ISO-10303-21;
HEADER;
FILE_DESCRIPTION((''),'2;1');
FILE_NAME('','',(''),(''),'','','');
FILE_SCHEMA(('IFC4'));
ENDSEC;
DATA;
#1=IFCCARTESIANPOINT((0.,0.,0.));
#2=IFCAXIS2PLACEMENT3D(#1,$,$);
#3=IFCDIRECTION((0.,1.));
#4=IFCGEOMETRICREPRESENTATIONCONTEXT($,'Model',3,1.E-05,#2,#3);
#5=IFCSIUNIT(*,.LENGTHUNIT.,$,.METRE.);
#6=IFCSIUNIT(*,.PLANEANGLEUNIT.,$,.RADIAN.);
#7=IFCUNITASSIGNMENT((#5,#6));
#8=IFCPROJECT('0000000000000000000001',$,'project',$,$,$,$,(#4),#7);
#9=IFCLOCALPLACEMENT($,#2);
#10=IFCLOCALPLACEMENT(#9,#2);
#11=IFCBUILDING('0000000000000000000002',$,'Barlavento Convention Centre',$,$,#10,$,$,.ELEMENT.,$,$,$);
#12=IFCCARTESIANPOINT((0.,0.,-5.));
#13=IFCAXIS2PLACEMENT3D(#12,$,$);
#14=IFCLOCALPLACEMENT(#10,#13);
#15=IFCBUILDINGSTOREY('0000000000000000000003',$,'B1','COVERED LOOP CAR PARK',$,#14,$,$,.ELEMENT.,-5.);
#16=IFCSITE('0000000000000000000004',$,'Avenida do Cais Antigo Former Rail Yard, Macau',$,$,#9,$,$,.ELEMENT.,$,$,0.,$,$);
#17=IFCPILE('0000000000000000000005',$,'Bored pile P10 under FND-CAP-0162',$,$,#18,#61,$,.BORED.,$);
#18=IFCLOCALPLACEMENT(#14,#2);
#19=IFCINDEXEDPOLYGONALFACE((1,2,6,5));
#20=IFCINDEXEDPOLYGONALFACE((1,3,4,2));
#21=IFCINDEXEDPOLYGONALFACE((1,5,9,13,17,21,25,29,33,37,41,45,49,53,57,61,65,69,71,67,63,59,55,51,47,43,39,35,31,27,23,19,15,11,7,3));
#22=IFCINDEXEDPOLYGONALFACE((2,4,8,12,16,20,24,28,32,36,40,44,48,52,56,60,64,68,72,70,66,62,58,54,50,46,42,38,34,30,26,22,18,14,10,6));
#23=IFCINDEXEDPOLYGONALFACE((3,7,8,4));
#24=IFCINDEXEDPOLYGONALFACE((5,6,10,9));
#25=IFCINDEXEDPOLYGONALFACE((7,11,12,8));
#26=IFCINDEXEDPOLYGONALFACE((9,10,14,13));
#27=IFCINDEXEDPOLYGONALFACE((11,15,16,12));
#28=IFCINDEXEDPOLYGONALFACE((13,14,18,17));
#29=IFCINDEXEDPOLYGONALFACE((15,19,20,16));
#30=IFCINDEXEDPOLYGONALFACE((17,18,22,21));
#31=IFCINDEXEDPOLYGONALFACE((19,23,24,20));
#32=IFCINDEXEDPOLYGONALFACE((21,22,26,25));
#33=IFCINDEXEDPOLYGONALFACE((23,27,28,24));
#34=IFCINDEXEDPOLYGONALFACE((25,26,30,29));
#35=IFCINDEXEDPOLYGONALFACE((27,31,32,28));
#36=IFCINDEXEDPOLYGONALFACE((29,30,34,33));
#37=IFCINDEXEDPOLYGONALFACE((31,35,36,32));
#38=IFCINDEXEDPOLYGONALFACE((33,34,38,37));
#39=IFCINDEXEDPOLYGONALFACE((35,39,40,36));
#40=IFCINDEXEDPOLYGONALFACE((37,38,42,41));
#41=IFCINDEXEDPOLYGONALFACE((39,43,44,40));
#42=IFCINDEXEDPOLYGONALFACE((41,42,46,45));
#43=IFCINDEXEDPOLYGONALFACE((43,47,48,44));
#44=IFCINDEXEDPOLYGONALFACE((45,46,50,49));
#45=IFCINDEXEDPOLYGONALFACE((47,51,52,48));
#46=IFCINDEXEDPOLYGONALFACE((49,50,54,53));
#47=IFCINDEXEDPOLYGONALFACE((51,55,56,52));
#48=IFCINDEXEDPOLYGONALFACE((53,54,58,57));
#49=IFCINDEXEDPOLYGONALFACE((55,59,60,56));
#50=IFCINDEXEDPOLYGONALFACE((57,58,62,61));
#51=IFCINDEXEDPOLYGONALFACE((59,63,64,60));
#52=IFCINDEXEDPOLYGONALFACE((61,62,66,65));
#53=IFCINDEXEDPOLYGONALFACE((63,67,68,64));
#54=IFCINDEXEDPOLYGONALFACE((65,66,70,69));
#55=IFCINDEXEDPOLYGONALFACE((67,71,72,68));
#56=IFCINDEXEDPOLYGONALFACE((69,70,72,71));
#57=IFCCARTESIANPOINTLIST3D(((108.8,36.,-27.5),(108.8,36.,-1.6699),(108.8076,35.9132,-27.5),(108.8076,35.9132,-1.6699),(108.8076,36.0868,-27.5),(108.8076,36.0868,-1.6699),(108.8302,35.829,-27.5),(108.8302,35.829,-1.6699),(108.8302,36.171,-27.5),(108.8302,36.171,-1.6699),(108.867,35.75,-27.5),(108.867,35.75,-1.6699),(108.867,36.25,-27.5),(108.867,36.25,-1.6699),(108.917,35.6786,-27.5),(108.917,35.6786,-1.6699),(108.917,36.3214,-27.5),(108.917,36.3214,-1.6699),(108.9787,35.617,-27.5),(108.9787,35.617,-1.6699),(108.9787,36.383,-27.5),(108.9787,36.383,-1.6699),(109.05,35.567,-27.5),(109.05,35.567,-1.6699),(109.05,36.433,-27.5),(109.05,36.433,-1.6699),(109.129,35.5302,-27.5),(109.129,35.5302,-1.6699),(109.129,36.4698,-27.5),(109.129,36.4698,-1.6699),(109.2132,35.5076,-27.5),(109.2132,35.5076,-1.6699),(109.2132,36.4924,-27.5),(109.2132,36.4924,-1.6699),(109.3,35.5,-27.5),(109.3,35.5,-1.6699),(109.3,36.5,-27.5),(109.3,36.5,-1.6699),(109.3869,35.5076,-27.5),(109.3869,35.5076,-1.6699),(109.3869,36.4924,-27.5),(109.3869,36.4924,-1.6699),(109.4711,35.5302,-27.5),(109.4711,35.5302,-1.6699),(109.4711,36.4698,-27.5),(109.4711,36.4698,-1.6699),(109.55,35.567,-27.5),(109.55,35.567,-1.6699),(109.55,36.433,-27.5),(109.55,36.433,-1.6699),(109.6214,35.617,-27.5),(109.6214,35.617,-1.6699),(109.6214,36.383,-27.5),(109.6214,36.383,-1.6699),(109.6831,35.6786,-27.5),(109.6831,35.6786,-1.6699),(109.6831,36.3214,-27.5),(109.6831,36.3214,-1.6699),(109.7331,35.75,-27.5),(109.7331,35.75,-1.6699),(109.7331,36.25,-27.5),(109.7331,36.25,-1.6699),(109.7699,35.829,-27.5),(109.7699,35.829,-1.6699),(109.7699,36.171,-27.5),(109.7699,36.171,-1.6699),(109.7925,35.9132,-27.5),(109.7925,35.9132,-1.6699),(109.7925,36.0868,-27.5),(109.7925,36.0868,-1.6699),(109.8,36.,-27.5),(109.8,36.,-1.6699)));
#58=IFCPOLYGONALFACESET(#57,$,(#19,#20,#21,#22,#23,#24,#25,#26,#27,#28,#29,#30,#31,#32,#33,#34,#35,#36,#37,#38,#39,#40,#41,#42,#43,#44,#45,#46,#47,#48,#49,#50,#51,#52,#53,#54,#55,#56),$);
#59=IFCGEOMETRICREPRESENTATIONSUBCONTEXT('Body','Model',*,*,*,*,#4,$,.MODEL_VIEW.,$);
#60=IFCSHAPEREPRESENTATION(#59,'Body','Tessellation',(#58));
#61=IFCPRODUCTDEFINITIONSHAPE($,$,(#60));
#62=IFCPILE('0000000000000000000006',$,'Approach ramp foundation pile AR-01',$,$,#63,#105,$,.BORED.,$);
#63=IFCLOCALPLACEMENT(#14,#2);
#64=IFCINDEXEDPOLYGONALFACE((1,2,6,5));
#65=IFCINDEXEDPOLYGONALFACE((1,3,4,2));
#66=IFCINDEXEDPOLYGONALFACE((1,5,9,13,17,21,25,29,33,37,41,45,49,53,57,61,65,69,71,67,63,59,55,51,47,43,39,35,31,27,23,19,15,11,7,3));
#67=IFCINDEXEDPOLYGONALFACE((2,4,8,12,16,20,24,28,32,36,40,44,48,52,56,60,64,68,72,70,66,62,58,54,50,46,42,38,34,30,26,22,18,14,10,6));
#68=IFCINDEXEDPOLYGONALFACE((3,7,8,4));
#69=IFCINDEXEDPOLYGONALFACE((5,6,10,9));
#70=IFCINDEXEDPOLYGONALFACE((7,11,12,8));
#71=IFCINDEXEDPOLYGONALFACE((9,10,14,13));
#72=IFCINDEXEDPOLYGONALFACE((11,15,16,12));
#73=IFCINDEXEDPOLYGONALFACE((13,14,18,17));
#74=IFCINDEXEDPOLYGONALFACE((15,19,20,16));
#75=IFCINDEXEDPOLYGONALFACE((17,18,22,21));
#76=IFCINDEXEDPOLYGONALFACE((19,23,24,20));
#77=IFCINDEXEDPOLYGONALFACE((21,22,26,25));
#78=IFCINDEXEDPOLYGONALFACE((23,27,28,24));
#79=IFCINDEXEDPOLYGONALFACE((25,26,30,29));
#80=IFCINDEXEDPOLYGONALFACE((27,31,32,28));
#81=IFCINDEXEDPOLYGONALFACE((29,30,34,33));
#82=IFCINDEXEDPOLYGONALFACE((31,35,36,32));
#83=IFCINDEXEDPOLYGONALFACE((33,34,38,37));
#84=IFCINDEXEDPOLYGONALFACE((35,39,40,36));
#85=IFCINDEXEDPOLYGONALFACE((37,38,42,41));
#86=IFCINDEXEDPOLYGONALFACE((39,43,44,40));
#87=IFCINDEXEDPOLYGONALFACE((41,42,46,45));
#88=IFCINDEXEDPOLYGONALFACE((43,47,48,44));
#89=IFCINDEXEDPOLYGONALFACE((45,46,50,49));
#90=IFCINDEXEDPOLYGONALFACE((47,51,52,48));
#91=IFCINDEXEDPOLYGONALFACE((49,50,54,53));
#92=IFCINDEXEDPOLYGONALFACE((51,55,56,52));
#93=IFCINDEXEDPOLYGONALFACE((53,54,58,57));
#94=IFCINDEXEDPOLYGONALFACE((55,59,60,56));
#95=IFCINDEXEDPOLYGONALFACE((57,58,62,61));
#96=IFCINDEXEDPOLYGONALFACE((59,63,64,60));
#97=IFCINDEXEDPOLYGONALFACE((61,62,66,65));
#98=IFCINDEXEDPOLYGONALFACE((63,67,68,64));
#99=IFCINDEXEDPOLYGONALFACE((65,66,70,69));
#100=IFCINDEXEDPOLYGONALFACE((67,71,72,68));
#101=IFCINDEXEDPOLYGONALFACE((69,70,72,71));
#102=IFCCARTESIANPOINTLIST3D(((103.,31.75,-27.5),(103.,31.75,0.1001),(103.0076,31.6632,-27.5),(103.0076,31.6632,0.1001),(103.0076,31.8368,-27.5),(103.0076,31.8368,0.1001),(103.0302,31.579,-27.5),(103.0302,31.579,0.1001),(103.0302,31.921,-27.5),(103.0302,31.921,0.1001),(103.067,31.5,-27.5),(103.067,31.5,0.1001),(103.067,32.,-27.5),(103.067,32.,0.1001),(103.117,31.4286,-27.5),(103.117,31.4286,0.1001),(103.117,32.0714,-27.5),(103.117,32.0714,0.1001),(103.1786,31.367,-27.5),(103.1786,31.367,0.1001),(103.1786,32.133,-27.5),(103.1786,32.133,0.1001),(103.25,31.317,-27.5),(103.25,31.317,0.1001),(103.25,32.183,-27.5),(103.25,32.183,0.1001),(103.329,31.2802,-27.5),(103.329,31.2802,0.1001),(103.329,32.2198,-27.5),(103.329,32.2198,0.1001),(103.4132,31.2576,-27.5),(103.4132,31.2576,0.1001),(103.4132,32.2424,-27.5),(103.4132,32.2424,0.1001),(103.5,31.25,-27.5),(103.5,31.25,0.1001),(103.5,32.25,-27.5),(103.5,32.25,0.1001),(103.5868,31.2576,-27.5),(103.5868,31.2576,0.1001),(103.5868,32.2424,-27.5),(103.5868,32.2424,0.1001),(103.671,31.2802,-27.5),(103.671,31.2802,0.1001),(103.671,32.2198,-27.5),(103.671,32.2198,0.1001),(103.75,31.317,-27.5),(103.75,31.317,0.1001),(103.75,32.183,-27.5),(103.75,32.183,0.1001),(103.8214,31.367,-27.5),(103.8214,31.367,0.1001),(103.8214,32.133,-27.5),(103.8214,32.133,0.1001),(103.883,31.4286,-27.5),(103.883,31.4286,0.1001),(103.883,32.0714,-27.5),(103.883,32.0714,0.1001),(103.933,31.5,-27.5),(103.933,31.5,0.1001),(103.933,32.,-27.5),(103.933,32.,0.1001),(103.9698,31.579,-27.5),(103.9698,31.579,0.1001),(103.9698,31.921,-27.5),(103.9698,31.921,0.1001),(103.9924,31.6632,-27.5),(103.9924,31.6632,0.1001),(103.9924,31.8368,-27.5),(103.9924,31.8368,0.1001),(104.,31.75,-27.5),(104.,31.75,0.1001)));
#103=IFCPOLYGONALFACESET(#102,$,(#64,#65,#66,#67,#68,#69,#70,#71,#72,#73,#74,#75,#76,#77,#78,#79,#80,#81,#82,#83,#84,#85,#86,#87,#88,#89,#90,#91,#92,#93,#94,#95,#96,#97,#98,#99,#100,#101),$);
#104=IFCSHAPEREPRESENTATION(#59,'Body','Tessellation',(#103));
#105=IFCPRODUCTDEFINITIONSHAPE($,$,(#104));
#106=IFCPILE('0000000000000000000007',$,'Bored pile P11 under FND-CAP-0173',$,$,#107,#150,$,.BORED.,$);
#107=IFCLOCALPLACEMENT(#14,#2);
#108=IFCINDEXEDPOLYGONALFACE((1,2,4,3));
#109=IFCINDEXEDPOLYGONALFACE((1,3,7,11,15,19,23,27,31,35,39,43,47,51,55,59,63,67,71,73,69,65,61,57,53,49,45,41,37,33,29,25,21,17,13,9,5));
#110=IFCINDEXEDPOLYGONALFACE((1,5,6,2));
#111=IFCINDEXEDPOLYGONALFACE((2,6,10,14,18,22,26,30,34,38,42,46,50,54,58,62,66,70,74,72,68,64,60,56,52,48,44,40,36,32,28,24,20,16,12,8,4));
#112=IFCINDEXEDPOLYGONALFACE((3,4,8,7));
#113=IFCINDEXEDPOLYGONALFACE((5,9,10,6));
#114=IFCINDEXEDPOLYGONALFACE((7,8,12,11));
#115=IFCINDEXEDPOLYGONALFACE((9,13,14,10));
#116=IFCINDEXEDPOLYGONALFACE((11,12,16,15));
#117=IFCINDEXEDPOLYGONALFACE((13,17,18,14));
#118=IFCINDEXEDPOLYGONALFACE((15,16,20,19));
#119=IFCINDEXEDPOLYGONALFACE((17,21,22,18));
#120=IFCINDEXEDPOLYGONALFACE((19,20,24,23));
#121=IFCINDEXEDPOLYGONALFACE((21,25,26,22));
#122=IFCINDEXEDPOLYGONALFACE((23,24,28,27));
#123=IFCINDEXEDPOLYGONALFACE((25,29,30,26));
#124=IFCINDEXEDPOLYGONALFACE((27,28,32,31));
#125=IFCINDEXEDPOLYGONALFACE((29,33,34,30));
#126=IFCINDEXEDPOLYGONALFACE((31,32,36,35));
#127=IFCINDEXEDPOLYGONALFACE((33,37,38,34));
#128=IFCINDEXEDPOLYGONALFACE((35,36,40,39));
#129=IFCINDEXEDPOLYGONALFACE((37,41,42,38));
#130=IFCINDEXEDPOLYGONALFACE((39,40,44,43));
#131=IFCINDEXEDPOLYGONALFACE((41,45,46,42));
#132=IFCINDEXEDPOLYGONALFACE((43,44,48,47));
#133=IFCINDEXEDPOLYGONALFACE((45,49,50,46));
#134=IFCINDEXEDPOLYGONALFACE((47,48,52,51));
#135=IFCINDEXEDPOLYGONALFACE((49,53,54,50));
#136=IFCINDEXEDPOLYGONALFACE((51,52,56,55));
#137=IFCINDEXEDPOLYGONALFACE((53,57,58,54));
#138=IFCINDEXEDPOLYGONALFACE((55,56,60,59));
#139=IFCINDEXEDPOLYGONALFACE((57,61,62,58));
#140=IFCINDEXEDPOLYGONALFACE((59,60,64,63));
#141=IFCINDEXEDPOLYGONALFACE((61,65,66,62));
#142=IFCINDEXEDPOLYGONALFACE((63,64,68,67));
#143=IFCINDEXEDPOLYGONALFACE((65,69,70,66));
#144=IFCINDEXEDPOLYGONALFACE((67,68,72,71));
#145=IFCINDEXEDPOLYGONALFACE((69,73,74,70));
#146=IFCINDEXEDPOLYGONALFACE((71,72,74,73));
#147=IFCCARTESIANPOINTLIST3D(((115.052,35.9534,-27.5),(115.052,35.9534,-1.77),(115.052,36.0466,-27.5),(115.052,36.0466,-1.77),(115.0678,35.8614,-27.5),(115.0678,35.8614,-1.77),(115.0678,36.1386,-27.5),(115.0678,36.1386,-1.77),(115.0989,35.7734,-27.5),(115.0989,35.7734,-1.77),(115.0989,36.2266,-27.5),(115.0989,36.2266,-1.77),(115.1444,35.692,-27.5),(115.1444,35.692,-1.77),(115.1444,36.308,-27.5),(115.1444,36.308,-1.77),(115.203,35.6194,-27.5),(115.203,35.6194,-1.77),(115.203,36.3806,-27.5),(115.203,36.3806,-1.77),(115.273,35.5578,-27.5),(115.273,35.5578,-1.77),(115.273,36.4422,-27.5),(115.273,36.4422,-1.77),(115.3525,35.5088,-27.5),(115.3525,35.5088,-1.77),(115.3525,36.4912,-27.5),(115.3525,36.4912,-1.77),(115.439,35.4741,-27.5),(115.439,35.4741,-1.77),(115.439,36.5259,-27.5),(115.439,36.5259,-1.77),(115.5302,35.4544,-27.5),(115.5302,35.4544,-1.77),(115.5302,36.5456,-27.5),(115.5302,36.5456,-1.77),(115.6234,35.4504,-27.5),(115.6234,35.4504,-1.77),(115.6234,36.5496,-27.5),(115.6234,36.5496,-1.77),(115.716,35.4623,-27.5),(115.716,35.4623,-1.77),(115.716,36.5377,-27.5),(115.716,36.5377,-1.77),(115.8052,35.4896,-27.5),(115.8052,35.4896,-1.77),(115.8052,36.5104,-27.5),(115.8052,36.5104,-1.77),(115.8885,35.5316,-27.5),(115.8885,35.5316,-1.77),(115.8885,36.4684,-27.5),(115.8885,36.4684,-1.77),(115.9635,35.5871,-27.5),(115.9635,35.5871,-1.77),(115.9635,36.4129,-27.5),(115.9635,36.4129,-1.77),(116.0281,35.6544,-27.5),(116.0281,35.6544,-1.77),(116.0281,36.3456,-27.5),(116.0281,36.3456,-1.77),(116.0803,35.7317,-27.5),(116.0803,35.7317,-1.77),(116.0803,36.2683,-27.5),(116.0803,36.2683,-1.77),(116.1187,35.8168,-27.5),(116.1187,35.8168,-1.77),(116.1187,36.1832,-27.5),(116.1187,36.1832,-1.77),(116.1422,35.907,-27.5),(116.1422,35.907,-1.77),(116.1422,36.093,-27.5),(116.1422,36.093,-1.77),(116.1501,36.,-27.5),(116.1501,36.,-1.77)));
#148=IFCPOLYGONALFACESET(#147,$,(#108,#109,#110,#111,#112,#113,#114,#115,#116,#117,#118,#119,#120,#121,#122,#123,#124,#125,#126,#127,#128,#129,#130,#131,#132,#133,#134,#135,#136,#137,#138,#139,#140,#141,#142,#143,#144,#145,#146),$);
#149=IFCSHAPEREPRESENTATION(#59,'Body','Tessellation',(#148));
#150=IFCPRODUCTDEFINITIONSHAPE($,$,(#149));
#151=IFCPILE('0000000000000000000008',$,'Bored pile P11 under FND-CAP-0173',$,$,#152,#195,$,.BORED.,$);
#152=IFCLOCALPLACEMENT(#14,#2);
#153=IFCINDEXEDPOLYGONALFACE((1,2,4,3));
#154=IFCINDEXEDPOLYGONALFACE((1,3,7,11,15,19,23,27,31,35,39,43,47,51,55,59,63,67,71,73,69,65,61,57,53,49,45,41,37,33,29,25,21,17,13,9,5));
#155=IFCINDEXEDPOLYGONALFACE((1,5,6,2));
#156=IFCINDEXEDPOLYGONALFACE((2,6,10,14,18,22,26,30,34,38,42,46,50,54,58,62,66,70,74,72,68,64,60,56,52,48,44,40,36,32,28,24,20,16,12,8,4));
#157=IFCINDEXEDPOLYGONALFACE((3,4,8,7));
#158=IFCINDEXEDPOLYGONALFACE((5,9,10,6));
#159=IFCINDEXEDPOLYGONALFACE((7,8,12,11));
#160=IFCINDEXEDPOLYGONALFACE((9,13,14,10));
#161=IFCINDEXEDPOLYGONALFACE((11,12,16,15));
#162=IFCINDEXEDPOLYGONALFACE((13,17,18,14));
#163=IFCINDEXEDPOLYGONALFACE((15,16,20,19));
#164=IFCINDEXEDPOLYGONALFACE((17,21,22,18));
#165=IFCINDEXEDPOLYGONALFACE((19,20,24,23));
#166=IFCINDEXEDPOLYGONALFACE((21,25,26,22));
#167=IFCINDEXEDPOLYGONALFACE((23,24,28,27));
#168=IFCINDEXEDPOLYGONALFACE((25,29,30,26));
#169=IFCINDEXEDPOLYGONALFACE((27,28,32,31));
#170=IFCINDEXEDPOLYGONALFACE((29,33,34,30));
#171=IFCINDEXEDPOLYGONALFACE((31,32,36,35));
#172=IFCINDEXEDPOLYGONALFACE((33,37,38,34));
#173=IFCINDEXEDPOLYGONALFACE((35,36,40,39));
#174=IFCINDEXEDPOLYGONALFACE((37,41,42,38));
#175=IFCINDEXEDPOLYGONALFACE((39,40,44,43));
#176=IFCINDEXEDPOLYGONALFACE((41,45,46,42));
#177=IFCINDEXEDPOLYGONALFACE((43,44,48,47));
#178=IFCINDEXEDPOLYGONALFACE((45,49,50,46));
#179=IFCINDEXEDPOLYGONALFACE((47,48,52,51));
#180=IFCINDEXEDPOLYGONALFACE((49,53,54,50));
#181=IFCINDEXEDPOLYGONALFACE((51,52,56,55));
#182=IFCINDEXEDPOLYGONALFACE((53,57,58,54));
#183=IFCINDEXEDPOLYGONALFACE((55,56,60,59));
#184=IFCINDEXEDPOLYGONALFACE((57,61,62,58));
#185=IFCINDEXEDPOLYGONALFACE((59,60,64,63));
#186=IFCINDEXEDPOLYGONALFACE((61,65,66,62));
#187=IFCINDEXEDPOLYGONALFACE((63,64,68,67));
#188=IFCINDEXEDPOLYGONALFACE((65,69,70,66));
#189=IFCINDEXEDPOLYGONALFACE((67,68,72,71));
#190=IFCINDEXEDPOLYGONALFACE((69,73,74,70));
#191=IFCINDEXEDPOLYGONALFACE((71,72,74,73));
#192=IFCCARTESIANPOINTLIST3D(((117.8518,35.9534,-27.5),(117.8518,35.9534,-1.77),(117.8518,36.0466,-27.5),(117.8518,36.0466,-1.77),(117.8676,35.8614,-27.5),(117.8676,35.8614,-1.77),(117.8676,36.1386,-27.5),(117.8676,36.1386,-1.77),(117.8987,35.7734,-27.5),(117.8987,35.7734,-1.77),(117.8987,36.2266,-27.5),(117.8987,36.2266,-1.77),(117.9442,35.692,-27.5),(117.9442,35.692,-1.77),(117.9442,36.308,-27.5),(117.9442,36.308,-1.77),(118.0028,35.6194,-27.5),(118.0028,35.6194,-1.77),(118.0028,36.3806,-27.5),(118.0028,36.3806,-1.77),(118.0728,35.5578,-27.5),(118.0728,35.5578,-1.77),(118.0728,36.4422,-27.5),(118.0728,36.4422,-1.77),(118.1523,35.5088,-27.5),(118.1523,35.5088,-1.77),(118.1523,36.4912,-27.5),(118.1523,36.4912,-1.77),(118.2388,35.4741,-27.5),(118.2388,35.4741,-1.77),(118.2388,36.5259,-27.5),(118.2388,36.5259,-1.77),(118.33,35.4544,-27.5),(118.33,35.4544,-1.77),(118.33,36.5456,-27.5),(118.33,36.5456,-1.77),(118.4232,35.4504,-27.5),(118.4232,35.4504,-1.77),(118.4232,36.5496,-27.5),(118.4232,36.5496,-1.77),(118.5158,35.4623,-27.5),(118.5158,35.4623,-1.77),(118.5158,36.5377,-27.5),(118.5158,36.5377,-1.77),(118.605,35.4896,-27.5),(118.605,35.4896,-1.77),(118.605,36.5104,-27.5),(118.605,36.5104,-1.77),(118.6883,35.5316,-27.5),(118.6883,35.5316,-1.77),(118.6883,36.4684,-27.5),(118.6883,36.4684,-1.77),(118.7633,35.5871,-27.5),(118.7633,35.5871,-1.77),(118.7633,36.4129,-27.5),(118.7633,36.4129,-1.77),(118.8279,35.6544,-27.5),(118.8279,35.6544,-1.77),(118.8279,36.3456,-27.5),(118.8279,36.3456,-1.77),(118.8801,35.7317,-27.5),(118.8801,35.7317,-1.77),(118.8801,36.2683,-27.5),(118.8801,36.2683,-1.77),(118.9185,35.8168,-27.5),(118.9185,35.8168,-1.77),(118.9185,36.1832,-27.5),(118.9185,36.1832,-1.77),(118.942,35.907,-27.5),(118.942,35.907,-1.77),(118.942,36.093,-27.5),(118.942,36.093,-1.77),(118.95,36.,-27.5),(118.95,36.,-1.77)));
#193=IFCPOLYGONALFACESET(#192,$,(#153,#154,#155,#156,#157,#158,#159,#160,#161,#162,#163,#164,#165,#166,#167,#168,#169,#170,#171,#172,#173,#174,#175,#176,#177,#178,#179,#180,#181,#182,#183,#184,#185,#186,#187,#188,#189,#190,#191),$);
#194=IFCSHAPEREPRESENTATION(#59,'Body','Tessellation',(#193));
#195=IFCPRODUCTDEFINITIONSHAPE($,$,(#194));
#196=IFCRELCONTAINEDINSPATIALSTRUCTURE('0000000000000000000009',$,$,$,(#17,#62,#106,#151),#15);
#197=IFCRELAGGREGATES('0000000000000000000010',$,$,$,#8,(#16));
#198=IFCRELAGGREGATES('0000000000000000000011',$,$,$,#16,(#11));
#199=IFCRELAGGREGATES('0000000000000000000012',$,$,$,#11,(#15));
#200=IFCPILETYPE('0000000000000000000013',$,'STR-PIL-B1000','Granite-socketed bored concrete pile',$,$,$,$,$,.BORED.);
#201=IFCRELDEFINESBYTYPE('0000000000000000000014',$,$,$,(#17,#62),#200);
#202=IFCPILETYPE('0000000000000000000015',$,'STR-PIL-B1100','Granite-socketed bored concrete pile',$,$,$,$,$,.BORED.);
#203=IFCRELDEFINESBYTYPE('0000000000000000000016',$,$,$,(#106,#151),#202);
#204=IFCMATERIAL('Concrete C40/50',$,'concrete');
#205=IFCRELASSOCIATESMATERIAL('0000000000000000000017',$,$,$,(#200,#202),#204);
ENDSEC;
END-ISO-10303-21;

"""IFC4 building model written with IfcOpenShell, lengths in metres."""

from ifc_helpers import new_model, si_unit, direction, frame, origin, origin_2d, place, context, subcontext, project, spatial, circle, extrude, material, material_profile, profile_set, type_object, element, save


model = new_model("IFC4")

# Units and contexts
model_context = context("Model", 3, precision=1e-05, world=origin(), true_north=direction((0.0, 1.0)))
body_context = subcontext(model_context, "Body", "Model", "MODEL_VIEW")
ifc_project = project(units=[si_unit("LENGTHUNIT", "METRE"), si_unit("PLANEANGLEUNIT", "RADIAN")], contexts=[model_context])

# Site, building, storey
site_placement = place(None, origin())
site = spatial("IfcSite", under=ifc_project, at=site_placement, Name="Avenida do Cais Antigo Former Rail Yard, Macau", CompositionType="ELEMENT", RefElevation=0.0)
building_placement = place(site_placement, origin())
building = spatial("IfcBuilding", under=site, at=building_placement, Name="Barlavento Convention Centre", CompositionType="ELEMENT")
storey_placement = place(building_placement, frame((0.0, 0.0, -5.0)))
storey = spatial("IfcBuildingStorey", under=building, at=storey_placement, Name="B1", Description="COVERED LOOP CAR PARK", CompositionType="ELEMENT", Elevation=-5.0)

# Shared definitions
ifc_material_1 = material(Name="Concrete C40/50", Category="concrete")

# Piles
ifc_material_profile_1 = material_profile(ifc_material_1, circle(Radius=0.5, at=origin_2d()), Name="BORED PILE 1000")
ifc_profile_set_1 = profile_set([ifc_material_profile_1], Name="Concrete C40/50")
pile_type_1 = type_object("IfcPileType", Name="STR-PIL-B1000", Description="Granite-socketed bored concrete pile", PredefinedType="BORED", material=ifc_profile_set_1)
for number, where, z_axis, x_axis, name in (
    (1, (109.3, 36.0, -1.6699), (0.0, 0.0, -1.0), (1.0, 0.0, 0.0), "Bored pile P10 under FND-CAP-0162"),
):
    element("IfcPile", number, at=place(storey_placement, frame(where, z_axis=z_axis, x_axis=x_axis)), inside=storey, type_object=pile_type_1, Name=name, PredefinedType="BORED", context=body_context, shape_type="SweptSolid", body=[
        extrude(circle(Radius=0.5, at=origin_2d()), origin(), (0.0, 0.0, 1.0), 25.8301),
    ])
pile_1_placement = place(storey_placement, frame((103.5, 31.75, 0.1001), z_axis=(0.0, 0.0, -1.0), x_axis=(1.0, 0.0, 0.0)))
element("IfcPile", 2, at=pile_1_placement, inside=storey, type_object=pile_type_1, Name="Approach ramp foundation pile AR-01", PredefinedType="BORED", context=body_context, shape_type="SweptSolid", body=[
    extrude(circle(Radius=0.5, at=origin_2d()), origin(), (0.0, 0.0, 1.0), 27.6001),
])
ifc_material_profile_2 = material_profile(ifc_material_1, circle(Radius=0.55, at=origin_2d()), Name="BORED PILE 1100")
ifc_profile_set_2 = profile_set([ifc_material_profile_2], Name="Concrete C40/50")
pile_type_2 = type_object("IfcPileType", Name="STR-PIL-B1100", Description="Granite-socketed bored concrete pile", PredefinedType="BORED", material=ifc_profile_set_2)
for number, where, z_axis, x_axis, name in (
    (3, (115.6001, 36.0, -1.77), (0.0, 0.0, -1.0), (1.0, 0.0, 0.0), "Bored pile P11 under FND-CAP-0173"),
    (4, (118.3999, 36.0, -1.77), (0.0, 0.0, -1.0), (1.0, 0.0, 0.0), "Bored pile P11 under FND-CAP-0173"),
):
    element("IfcPile", number, at=place(storey_placement, frame(where, z_axis=z_axis, x_axis=x_axis)), inside=storey, type_object=pile_type_2, Name=name, PredefinedType="BORED", context=body_context, shape_type="SweptSolid", body=[
        extrude(circle(Radius=0.55, at=origin_2d()), origin(), (0.0, 0.0, 1.0), 25.73),
    ])

save(model, "model.ifc")
